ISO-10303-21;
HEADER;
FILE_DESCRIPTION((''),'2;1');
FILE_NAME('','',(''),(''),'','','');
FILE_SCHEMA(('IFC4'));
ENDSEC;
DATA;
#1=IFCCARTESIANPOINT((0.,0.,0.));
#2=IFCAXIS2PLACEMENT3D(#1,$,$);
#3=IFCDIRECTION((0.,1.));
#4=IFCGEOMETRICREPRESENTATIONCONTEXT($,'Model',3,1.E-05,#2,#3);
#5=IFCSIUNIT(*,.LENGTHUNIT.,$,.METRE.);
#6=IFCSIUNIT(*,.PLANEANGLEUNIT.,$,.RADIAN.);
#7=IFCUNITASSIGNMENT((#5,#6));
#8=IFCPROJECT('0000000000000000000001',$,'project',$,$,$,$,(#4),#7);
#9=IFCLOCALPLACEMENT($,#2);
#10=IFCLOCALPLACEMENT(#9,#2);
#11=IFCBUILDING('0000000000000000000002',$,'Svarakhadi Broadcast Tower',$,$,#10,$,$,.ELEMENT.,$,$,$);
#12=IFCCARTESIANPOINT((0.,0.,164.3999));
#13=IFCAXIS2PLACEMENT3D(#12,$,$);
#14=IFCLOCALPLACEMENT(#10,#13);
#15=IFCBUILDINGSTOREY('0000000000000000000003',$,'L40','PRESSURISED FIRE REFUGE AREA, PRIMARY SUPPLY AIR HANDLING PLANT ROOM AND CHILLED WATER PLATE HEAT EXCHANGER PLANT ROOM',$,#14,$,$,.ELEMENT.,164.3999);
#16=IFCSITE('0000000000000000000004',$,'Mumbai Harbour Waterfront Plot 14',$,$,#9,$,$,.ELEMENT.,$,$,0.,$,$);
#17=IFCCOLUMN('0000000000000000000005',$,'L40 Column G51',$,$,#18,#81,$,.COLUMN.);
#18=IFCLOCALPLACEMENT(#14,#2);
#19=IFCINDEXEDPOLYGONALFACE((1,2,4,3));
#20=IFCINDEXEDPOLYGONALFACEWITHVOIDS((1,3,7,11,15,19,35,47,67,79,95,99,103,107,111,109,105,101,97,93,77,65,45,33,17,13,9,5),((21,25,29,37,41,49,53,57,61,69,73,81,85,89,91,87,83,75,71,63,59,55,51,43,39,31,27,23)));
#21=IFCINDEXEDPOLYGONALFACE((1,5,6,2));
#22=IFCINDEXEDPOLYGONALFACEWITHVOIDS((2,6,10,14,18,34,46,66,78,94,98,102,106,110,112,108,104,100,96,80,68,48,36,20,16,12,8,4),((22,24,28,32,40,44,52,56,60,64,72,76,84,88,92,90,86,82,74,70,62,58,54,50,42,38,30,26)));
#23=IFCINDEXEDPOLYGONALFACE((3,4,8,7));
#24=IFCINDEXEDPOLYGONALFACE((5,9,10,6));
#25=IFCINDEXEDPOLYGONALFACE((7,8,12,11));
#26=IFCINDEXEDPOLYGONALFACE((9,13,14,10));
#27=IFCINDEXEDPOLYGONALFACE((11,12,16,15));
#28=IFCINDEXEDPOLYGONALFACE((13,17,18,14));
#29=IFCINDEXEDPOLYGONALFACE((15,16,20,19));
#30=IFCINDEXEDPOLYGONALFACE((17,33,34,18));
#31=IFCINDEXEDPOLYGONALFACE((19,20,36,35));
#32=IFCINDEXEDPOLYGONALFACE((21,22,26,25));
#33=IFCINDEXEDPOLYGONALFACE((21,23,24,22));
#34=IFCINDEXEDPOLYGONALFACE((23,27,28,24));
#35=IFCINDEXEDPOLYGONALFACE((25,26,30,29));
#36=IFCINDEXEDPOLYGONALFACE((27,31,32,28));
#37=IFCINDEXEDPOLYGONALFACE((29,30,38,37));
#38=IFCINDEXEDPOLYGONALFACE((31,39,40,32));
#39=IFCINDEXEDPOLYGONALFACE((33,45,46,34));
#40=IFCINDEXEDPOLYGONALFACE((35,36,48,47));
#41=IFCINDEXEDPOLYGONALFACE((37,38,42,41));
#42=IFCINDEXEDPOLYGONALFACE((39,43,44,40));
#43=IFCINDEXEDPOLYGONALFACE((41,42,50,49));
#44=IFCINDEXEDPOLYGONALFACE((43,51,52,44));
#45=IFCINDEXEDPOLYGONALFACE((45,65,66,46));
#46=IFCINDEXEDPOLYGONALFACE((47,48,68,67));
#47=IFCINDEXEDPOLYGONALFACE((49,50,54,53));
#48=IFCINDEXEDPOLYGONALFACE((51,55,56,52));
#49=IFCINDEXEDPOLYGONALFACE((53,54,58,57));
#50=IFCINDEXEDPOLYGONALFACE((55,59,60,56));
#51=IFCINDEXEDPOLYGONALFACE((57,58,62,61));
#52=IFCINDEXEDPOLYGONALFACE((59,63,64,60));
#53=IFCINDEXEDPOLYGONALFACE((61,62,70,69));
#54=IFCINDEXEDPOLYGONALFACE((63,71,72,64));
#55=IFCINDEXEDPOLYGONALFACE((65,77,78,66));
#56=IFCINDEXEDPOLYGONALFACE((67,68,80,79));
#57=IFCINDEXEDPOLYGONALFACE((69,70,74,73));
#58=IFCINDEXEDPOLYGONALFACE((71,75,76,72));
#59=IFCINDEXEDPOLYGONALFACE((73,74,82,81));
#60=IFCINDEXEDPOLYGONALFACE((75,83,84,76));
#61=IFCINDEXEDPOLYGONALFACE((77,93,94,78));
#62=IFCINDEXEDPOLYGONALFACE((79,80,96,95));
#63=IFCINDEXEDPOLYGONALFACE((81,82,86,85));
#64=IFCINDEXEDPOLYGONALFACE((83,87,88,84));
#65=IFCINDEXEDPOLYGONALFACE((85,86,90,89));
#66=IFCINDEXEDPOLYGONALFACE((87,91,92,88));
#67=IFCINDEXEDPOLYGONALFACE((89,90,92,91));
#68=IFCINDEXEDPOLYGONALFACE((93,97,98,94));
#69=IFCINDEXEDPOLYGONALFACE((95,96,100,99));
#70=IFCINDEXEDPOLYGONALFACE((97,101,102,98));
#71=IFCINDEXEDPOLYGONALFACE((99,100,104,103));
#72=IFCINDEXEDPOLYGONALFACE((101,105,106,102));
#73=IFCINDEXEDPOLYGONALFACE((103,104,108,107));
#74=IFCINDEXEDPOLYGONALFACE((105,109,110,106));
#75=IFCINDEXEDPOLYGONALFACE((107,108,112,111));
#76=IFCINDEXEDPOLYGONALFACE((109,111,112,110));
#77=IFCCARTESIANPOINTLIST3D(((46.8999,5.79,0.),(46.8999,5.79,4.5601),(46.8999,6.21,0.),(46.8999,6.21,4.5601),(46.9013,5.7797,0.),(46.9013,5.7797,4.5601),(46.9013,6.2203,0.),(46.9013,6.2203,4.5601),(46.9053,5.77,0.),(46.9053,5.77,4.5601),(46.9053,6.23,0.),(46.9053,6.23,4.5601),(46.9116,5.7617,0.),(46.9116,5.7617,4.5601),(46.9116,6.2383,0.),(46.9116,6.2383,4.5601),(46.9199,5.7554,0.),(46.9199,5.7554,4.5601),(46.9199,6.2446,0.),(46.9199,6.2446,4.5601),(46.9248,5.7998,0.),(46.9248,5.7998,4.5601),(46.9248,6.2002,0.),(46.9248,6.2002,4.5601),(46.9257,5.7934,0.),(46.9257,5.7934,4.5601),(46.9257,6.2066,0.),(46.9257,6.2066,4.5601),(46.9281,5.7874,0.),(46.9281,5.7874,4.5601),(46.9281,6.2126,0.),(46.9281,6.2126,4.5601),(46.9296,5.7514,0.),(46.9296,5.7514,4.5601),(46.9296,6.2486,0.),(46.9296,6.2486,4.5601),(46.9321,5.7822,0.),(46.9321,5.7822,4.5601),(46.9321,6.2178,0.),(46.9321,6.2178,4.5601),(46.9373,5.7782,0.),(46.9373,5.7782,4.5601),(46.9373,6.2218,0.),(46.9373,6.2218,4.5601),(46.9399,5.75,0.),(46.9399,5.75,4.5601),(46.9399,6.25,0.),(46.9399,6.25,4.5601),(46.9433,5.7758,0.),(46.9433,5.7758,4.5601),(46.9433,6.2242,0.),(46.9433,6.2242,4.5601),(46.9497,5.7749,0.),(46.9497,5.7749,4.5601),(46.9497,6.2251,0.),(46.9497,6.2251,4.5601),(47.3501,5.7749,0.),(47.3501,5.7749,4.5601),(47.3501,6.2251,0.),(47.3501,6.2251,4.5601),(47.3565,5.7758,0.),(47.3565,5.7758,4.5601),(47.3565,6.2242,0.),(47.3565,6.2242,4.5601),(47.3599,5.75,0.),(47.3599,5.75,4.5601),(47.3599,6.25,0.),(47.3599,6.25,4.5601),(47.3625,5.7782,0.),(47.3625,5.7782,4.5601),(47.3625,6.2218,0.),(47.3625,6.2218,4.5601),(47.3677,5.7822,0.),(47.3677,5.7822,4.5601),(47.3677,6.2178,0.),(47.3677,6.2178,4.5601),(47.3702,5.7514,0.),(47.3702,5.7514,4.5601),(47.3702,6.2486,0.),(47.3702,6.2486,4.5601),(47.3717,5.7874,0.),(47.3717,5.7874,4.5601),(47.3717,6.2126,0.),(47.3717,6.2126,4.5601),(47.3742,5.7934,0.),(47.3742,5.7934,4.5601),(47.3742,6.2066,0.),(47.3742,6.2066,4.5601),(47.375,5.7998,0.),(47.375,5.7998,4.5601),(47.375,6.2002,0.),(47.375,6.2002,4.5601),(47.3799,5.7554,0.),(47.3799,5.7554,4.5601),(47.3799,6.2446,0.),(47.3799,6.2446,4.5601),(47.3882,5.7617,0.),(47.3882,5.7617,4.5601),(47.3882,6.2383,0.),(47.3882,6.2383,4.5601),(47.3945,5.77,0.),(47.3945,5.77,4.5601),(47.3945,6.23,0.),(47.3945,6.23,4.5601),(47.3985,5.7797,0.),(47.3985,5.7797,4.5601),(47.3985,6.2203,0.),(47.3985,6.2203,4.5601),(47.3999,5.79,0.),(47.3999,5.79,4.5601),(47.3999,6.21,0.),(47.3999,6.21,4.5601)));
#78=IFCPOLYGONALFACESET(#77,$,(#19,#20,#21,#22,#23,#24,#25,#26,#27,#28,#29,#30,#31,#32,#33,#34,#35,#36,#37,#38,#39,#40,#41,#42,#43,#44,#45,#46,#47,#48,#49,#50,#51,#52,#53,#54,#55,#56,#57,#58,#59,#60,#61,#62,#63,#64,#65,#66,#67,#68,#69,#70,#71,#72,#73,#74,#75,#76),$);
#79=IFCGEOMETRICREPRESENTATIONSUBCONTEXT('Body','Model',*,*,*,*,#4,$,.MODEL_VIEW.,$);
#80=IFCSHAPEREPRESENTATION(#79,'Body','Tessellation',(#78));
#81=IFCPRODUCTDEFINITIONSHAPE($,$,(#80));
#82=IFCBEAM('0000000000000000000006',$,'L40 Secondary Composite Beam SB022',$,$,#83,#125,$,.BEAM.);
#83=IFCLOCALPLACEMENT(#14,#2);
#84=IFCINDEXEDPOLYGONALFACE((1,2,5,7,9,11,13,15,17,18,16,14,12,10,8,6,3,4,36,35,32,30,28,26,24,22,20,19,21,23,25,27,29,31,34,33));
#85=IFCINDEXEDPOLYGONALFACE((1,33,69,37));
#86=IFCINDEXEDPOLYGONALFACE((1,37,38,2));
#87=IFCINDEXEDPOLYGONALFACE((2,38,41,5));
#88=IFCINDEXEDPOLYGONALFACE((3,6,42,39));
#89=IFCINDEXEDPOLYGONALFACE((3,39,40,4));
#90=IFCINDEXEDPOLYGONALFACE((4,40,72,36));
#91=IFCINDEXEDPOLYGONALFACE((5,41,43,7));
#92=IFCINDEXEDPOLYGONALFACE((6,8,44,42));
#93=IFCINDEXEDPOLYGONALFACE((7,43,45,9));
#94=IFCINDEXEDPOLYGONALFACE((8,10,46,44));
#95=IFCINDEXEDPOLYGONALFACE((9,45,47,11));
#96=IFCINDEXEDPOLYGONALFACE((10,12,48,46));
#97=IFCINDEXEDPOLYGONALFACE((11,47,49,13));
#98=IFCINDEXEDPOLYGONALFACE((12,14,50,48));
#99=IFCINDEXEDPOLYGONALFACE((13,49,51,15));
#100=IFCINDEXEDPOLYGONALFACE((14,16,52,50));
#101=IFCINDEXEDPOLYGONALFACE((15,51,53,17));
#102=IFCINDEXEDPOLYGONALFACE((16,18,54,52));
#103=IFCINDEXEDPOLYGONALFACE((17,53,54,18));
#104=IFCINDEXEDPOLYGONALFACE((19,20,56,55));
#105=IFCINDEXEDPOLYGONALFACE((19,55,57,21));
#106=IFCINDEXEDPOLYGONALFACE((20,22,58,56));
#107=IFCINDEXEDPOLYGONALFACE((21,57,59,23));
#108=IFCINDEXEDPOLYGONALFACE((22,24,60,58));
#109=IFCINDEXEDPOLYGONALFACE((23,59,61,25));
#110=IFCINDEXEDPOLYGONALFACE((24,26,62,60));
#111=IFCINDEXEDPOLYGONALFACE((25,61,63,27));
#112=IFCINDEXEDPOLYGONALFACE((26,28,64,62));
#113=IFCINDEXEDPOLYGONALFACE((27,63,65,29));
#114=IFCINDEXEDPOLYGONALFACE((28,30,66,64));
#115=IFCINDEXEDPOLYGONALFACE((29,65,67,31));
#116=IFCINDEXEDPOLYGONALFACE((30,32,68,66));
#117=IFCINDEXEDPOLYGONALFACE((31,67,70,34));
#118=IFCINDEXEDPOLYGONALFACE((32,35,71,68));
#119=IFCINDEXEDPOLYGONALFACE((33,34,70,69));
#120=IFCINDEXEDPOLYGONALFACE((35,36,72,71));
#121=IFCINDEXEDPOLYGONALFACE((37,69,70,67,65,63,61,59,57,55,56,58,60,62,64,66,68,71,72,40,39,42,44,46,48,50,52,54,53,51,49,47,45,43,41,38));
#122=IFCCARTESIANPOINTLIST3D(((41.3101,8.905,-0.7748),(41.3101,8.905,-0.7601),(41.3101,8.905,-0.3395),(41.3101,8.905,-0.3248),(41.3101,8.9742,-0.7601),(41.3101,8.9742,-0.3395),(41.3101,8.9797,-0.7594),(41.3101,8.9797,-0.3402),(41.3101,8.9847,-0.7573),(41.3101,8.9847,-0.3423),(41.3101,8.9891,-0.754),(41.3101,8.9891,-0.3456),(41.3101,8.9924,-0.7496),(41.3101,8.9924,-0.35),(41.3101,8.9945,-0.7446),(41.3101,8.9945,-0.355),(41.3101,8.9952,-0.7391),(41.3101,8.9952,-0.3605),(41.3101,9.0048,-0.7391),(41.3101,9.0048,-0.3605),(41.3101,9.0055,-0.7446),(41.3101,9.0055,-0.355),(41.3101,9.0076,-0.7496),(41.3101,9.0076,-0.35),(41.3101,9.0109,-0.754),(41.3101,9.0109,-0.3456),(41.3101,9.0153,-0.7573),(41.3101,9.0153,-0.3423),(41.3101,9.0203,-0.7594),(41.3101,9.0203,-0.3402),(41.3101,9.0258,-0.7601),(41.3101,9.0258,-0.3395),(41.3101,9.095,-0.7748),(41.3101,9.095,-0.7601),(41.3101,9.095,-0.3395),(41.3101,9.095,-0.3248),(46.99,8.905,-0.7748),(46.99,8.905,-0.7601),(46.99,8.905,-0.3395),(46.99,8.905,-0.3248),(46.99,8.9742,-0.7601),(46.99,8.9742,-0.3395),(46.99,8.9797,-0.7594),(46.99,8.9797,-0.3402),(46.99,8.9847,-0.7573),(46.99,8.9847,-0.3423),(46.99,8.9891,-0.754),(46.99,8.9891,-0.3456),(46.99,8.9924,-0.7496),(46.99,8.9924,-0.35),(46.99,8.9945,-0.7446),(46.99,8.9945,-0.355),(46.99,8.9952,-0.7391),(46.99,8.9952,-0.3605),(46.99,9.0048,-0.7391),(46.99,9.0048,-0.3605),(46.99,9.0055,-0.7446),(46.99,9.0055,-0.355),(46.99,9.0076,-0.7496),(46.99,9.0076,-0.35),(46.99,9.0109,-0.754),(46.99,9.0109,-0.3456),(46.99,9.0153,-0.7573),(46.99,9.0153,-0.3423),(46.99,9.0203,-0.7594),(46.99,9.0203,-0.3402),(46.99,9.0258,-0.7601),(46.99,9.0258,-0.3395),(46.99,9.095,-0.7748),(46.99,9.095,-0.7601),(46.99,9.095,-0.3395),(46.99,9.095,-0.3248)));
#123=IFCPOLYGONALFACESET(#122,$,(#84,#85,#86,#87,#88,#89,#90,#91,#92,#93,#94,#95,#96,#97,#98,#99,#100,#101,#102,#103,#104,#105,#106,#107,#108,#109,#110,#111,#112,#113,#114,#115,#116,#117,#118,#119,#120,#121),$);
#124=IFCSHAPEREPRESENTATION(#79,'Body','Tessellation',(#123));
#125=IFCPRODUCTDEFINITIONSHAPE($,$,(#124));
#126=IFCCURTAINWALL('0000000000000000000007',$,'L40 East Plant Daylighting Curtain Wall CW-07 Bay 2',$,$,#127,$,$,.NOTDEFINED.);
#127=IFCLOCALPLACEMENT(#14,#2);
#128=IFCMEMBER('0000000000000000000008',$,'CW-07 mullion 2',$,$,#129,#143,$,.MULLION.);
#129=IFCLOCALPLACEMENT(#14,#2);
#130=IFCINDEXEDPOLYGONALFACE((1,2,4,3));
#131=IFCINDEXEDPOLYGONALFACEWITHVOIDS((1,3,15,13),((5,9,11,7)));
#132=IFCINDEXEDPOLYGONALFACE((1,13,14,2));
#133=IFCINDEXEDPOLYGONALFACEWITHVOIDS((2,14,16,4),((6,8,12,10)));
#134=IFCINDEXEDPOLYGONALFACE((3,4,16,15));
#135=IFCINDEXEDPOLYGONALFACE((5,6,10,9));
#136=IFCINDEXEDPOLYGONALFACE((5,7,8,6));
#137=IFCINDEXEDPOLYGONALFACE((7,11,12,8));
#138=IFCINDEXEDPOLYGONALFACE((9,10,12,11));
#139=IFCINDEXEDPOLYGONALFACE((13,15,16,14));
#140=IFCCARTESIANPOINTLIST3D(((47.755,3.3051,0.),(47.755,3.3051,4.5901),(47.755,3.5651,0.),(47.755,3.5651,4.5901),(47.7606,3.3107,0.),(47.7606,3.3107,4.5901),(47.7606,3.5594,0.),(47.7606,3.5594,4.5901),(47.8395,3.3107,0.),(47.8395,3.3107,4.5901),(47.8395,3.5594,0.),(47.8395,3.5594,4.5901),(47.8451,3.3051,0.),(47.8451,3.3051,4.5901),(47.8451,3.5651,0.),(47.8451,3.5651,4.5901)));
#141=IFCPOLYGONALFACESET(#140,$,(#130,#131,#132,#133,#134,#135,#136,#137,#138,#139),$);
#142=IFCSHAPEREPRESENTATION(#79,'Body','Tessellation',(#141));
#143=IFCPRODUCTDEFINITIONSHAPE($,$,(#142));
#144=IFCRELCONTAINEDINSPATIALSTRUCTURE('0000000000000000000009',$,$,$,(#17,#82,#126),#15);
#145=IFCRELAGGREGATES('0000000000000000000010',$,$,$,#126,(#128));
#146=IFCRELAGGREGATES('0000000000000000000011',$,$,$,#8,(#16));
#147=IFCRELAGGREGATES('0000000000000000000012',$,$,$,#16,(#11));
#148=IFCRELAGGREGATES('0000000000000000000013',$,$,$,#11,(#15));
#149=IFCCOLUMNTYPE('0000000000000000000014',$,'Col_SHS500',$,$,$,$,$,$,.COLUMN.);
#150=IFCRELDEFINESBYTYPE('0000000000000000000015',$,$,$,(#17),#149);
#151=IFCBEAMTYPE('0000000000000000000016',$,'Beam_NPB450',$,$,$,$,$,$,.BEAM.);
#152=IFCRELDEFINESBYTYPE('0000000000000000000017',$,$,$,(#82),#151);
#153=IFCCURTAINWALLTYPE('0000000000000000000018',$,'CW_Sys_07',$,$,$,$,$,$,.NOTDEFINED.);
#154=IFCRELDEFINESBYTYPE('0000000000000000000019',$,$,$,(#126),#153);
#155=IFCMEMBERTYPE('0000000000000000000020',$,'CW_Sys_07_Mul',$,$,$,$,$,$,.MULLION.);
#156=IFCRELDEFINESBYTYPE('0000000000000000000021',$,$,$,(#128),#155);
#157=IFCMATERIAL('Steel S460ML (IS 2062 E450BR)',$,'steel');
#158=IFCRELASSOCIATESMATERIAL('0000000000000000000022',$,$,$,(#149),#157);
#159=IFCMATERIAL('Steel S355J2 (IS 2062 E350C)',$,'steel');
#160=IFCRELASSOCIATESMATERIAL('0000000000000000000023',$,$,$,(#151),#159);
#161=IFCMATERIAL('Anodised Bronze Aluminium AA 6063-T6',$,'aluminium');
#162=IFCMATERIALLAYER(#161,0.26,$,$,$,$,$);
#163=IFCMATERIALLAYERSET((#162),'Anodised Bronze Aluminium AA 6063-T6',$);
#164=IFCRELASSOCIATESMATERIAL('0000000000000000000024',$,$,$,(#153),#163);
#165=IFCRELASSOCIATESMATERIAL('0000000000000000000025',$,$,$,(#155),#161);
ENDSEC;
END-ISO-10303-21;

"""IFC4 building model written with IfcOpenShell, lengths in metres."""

from ifc_helpers import new_model, si_unit, direction, frame, origin, origin_2d, place, context, subcontext, project, spatial, hollow_rectangle, i_section, extrude, material, layer, layer_set, material_profile, profile_set, type_object, element, aggregate, save


model = new_model("IFC4")

# Units and contexts
model_context = context("Model", 3, precision=1e-05, world=origin(), true_north=direction((0.0, 1.0)))
body_context = subcontext(model_context, "Body", "Model", "MODEL_VIEW")
ifc_project = project(units=[si_unit("LENGTHUNIT", "METRE"), si_unit("PLANEANGLEUNIT", "RADIAN")], contexts=[model_context])

# Site, building, storey
site_placement = place(None, origin())
site = spatial("IfcSite", under=ifc_project, at=site_placement, Name="Mumbai Harbour Waterfront Plot 14", CompositionType="ELEMENT", RefElevation=0.0)
building_placement = place(site_placement, origin())
building = spatial("IfcBuilding", under=site, at=building_placement, Name="Svarakhadi Broadcast Tower", CompositionType="ELEMENT")
storey_placement = place(building_placement, frame((0.0, 0.0, 164.3999)))
storey = spatial("IfcBuildingStorey", under=building, at=storey_placement, Name="L40", Description="PRESSURISED FIRE REFUGE AREA, PRIMARY SUPPLY AIR HANDLING PLANT ROOM AND CHILLED WATER PLATE HEAT EXCHANGER PLANT ROOM", CompositionType="ELEMENT", Elevation=164.3999)

# Column
ifc_material_1 = material(Name="Steel S460ML (IS 2062 E450BR)", Category="steel")
ifc_material_profile_1 = material_profile(ifc_material_1, hollow_rectangle(XDim=0.5, YDim=0.5, WallThickness=0.0249, InnerFilletRadius=0.0249, OuterFilletRadius=0.04, at=origin_2d()), Name="SHS 500x500x25")
ifc_profile_set_1 = profile_set([ifc_material_profile_1], Name="Steel S460ML (IS 2062 E450BR)")
column_type = type_object("IfcColumnType", Name="Col_SHS500", PredefinedType="COLUMN", material=ifc_profile_set_1)
column_placement = place(storey_placement, frame((47.1499, 6.0, 0.0), z_axis=(0.0, 0.0, 1.0), x_axis=(1.0, 0.0, 0.0)))
element("IfcColumn", 1, at=column_placement, inside=storey, type_object=column_type, Name="L40 Column G51", PredefinedType="COLUMN", context=body_context, shape_type="SweptSolid", body=[
    extrude(hollow_rectangle(XDim=0.5, YDim=0.5, WallThickness=0.0249, InnerFilletRadius=0.0249, OuterFilletRadius=0.04, at=origin_2d()), origin(), (0.0, 0.0, 1.0), 4.5601),
])

# Beam
ifc_material_2 = material(Name="Steel S355J2 (IS 2062 E350C)", Category="steel")
ifc_material_profile_2 = material_profile(ifc_material_2, i_section(OverallWidth=0.1899, OverallDepth=0.45, WebThickness=0.0095, FlangeThickness=0.0146, FilletRadius=0.021, at=origin_2d()), Name="NPB 450x190x78")
ifc_profile_set_2 = profile_set([ifc_material_profile_2], Name="Steel S355J2 (IS 2062 E350C)")
beam_type_1 = type_object("IfcBeamType", Name="Beam_NPB450", PredefinedType="BEAM", material=ifc_profile_set_2)
beam_1_placement = place(storey_placement, frame((41.3101, 9.0, -0.5498), z_axis=(1.0, 0.0, 0.0), x_axis=(0.0, 1.0, 0.0)))
element("IfcBeam", 2, at=beam_1_placement, inside=storey, type_object=beam_type_1, Name="L40 Secondary Composite Beam SB022", PredefinedType="BEAM", context=body_context, shape_type="SweptSolid", body=[
    extrude(i_section(OverallWidth=0.1899, OverallDepth=0.45, WebThickness=0.0095, FlangeThickness=0.0146, FilletRadius=0.021, at=origin_2d()), origin(), (0.0, 0.0, 1.0), 5.6799),
])

# Curtain wall, member
ifc_material_3 = material(Name="Anodised Bronze Aluminium AA 6063-T6", Category="aluminium")
ifc_layer_1 = layer(ifc_material_3, 0.26)
ifc_layer_set_1 = layer_set([ifc_layer_1], Name="Anodised Bronze Aluminium AA 6063-T6")
curtain_wall_type = type_object("IfcCurtainWallType", Name="CW_Sys_07", PredefinedType="NOTDEFINED", material=ifc_layer_set_1)
curtain_wall_placement = place(storey_placement, origin())
curtain_wall = element("IfcCurtainWall", 3, at=curtain_wall_placement, inside=storey, type_object=curtain_wall_type, Name="L40 East Plant Daylighting Curtain Wall CW-07 Bay 2", PredefinedType="NOTDEFINED")
ifc_material_profile_3 = material_profile(ifc_material_3, hollow_rectangle(XDim=0.0901, YDim=0.26, WallThickness=0.0056, at=origin_2d()), Name="ALU MULLION 260x90x6")
ifc_profile_set_3 = profile_set([ifc_material_profile_3], Name="Anodised Bronze Aluminium AA 6063-T6")
member_type_1 = type_object("IfcMemberType", Name="CW_Sys_07_Mul", PredefinedType="MULLION", material=ifc_profile_set_3)
member_1_placement = place(storey_placement, frame((47.8, 3.4351, 0.0), z_axis=(0.0, 0.0, 1.0), x_axis=(1.0, 0.0, 0.0)))
member_1 = element("IfcMember", 4, at=member_1_placement, type_object=member_type_1, Name="CW-07 mullion 2", PredefinedType="MULLION", context=body_context, shape_type="SweptSolid", body=[
    extrude(hollow_rectangle(XDim=0.0901, YDim=0.26, WallThickness=0.0056, at=origin_2d()), origin(), (0.0, 0.0, 1.0), 4.5901),
])

aggregate(curtain_wall, [member_1])

save(model, "model.ifc")
